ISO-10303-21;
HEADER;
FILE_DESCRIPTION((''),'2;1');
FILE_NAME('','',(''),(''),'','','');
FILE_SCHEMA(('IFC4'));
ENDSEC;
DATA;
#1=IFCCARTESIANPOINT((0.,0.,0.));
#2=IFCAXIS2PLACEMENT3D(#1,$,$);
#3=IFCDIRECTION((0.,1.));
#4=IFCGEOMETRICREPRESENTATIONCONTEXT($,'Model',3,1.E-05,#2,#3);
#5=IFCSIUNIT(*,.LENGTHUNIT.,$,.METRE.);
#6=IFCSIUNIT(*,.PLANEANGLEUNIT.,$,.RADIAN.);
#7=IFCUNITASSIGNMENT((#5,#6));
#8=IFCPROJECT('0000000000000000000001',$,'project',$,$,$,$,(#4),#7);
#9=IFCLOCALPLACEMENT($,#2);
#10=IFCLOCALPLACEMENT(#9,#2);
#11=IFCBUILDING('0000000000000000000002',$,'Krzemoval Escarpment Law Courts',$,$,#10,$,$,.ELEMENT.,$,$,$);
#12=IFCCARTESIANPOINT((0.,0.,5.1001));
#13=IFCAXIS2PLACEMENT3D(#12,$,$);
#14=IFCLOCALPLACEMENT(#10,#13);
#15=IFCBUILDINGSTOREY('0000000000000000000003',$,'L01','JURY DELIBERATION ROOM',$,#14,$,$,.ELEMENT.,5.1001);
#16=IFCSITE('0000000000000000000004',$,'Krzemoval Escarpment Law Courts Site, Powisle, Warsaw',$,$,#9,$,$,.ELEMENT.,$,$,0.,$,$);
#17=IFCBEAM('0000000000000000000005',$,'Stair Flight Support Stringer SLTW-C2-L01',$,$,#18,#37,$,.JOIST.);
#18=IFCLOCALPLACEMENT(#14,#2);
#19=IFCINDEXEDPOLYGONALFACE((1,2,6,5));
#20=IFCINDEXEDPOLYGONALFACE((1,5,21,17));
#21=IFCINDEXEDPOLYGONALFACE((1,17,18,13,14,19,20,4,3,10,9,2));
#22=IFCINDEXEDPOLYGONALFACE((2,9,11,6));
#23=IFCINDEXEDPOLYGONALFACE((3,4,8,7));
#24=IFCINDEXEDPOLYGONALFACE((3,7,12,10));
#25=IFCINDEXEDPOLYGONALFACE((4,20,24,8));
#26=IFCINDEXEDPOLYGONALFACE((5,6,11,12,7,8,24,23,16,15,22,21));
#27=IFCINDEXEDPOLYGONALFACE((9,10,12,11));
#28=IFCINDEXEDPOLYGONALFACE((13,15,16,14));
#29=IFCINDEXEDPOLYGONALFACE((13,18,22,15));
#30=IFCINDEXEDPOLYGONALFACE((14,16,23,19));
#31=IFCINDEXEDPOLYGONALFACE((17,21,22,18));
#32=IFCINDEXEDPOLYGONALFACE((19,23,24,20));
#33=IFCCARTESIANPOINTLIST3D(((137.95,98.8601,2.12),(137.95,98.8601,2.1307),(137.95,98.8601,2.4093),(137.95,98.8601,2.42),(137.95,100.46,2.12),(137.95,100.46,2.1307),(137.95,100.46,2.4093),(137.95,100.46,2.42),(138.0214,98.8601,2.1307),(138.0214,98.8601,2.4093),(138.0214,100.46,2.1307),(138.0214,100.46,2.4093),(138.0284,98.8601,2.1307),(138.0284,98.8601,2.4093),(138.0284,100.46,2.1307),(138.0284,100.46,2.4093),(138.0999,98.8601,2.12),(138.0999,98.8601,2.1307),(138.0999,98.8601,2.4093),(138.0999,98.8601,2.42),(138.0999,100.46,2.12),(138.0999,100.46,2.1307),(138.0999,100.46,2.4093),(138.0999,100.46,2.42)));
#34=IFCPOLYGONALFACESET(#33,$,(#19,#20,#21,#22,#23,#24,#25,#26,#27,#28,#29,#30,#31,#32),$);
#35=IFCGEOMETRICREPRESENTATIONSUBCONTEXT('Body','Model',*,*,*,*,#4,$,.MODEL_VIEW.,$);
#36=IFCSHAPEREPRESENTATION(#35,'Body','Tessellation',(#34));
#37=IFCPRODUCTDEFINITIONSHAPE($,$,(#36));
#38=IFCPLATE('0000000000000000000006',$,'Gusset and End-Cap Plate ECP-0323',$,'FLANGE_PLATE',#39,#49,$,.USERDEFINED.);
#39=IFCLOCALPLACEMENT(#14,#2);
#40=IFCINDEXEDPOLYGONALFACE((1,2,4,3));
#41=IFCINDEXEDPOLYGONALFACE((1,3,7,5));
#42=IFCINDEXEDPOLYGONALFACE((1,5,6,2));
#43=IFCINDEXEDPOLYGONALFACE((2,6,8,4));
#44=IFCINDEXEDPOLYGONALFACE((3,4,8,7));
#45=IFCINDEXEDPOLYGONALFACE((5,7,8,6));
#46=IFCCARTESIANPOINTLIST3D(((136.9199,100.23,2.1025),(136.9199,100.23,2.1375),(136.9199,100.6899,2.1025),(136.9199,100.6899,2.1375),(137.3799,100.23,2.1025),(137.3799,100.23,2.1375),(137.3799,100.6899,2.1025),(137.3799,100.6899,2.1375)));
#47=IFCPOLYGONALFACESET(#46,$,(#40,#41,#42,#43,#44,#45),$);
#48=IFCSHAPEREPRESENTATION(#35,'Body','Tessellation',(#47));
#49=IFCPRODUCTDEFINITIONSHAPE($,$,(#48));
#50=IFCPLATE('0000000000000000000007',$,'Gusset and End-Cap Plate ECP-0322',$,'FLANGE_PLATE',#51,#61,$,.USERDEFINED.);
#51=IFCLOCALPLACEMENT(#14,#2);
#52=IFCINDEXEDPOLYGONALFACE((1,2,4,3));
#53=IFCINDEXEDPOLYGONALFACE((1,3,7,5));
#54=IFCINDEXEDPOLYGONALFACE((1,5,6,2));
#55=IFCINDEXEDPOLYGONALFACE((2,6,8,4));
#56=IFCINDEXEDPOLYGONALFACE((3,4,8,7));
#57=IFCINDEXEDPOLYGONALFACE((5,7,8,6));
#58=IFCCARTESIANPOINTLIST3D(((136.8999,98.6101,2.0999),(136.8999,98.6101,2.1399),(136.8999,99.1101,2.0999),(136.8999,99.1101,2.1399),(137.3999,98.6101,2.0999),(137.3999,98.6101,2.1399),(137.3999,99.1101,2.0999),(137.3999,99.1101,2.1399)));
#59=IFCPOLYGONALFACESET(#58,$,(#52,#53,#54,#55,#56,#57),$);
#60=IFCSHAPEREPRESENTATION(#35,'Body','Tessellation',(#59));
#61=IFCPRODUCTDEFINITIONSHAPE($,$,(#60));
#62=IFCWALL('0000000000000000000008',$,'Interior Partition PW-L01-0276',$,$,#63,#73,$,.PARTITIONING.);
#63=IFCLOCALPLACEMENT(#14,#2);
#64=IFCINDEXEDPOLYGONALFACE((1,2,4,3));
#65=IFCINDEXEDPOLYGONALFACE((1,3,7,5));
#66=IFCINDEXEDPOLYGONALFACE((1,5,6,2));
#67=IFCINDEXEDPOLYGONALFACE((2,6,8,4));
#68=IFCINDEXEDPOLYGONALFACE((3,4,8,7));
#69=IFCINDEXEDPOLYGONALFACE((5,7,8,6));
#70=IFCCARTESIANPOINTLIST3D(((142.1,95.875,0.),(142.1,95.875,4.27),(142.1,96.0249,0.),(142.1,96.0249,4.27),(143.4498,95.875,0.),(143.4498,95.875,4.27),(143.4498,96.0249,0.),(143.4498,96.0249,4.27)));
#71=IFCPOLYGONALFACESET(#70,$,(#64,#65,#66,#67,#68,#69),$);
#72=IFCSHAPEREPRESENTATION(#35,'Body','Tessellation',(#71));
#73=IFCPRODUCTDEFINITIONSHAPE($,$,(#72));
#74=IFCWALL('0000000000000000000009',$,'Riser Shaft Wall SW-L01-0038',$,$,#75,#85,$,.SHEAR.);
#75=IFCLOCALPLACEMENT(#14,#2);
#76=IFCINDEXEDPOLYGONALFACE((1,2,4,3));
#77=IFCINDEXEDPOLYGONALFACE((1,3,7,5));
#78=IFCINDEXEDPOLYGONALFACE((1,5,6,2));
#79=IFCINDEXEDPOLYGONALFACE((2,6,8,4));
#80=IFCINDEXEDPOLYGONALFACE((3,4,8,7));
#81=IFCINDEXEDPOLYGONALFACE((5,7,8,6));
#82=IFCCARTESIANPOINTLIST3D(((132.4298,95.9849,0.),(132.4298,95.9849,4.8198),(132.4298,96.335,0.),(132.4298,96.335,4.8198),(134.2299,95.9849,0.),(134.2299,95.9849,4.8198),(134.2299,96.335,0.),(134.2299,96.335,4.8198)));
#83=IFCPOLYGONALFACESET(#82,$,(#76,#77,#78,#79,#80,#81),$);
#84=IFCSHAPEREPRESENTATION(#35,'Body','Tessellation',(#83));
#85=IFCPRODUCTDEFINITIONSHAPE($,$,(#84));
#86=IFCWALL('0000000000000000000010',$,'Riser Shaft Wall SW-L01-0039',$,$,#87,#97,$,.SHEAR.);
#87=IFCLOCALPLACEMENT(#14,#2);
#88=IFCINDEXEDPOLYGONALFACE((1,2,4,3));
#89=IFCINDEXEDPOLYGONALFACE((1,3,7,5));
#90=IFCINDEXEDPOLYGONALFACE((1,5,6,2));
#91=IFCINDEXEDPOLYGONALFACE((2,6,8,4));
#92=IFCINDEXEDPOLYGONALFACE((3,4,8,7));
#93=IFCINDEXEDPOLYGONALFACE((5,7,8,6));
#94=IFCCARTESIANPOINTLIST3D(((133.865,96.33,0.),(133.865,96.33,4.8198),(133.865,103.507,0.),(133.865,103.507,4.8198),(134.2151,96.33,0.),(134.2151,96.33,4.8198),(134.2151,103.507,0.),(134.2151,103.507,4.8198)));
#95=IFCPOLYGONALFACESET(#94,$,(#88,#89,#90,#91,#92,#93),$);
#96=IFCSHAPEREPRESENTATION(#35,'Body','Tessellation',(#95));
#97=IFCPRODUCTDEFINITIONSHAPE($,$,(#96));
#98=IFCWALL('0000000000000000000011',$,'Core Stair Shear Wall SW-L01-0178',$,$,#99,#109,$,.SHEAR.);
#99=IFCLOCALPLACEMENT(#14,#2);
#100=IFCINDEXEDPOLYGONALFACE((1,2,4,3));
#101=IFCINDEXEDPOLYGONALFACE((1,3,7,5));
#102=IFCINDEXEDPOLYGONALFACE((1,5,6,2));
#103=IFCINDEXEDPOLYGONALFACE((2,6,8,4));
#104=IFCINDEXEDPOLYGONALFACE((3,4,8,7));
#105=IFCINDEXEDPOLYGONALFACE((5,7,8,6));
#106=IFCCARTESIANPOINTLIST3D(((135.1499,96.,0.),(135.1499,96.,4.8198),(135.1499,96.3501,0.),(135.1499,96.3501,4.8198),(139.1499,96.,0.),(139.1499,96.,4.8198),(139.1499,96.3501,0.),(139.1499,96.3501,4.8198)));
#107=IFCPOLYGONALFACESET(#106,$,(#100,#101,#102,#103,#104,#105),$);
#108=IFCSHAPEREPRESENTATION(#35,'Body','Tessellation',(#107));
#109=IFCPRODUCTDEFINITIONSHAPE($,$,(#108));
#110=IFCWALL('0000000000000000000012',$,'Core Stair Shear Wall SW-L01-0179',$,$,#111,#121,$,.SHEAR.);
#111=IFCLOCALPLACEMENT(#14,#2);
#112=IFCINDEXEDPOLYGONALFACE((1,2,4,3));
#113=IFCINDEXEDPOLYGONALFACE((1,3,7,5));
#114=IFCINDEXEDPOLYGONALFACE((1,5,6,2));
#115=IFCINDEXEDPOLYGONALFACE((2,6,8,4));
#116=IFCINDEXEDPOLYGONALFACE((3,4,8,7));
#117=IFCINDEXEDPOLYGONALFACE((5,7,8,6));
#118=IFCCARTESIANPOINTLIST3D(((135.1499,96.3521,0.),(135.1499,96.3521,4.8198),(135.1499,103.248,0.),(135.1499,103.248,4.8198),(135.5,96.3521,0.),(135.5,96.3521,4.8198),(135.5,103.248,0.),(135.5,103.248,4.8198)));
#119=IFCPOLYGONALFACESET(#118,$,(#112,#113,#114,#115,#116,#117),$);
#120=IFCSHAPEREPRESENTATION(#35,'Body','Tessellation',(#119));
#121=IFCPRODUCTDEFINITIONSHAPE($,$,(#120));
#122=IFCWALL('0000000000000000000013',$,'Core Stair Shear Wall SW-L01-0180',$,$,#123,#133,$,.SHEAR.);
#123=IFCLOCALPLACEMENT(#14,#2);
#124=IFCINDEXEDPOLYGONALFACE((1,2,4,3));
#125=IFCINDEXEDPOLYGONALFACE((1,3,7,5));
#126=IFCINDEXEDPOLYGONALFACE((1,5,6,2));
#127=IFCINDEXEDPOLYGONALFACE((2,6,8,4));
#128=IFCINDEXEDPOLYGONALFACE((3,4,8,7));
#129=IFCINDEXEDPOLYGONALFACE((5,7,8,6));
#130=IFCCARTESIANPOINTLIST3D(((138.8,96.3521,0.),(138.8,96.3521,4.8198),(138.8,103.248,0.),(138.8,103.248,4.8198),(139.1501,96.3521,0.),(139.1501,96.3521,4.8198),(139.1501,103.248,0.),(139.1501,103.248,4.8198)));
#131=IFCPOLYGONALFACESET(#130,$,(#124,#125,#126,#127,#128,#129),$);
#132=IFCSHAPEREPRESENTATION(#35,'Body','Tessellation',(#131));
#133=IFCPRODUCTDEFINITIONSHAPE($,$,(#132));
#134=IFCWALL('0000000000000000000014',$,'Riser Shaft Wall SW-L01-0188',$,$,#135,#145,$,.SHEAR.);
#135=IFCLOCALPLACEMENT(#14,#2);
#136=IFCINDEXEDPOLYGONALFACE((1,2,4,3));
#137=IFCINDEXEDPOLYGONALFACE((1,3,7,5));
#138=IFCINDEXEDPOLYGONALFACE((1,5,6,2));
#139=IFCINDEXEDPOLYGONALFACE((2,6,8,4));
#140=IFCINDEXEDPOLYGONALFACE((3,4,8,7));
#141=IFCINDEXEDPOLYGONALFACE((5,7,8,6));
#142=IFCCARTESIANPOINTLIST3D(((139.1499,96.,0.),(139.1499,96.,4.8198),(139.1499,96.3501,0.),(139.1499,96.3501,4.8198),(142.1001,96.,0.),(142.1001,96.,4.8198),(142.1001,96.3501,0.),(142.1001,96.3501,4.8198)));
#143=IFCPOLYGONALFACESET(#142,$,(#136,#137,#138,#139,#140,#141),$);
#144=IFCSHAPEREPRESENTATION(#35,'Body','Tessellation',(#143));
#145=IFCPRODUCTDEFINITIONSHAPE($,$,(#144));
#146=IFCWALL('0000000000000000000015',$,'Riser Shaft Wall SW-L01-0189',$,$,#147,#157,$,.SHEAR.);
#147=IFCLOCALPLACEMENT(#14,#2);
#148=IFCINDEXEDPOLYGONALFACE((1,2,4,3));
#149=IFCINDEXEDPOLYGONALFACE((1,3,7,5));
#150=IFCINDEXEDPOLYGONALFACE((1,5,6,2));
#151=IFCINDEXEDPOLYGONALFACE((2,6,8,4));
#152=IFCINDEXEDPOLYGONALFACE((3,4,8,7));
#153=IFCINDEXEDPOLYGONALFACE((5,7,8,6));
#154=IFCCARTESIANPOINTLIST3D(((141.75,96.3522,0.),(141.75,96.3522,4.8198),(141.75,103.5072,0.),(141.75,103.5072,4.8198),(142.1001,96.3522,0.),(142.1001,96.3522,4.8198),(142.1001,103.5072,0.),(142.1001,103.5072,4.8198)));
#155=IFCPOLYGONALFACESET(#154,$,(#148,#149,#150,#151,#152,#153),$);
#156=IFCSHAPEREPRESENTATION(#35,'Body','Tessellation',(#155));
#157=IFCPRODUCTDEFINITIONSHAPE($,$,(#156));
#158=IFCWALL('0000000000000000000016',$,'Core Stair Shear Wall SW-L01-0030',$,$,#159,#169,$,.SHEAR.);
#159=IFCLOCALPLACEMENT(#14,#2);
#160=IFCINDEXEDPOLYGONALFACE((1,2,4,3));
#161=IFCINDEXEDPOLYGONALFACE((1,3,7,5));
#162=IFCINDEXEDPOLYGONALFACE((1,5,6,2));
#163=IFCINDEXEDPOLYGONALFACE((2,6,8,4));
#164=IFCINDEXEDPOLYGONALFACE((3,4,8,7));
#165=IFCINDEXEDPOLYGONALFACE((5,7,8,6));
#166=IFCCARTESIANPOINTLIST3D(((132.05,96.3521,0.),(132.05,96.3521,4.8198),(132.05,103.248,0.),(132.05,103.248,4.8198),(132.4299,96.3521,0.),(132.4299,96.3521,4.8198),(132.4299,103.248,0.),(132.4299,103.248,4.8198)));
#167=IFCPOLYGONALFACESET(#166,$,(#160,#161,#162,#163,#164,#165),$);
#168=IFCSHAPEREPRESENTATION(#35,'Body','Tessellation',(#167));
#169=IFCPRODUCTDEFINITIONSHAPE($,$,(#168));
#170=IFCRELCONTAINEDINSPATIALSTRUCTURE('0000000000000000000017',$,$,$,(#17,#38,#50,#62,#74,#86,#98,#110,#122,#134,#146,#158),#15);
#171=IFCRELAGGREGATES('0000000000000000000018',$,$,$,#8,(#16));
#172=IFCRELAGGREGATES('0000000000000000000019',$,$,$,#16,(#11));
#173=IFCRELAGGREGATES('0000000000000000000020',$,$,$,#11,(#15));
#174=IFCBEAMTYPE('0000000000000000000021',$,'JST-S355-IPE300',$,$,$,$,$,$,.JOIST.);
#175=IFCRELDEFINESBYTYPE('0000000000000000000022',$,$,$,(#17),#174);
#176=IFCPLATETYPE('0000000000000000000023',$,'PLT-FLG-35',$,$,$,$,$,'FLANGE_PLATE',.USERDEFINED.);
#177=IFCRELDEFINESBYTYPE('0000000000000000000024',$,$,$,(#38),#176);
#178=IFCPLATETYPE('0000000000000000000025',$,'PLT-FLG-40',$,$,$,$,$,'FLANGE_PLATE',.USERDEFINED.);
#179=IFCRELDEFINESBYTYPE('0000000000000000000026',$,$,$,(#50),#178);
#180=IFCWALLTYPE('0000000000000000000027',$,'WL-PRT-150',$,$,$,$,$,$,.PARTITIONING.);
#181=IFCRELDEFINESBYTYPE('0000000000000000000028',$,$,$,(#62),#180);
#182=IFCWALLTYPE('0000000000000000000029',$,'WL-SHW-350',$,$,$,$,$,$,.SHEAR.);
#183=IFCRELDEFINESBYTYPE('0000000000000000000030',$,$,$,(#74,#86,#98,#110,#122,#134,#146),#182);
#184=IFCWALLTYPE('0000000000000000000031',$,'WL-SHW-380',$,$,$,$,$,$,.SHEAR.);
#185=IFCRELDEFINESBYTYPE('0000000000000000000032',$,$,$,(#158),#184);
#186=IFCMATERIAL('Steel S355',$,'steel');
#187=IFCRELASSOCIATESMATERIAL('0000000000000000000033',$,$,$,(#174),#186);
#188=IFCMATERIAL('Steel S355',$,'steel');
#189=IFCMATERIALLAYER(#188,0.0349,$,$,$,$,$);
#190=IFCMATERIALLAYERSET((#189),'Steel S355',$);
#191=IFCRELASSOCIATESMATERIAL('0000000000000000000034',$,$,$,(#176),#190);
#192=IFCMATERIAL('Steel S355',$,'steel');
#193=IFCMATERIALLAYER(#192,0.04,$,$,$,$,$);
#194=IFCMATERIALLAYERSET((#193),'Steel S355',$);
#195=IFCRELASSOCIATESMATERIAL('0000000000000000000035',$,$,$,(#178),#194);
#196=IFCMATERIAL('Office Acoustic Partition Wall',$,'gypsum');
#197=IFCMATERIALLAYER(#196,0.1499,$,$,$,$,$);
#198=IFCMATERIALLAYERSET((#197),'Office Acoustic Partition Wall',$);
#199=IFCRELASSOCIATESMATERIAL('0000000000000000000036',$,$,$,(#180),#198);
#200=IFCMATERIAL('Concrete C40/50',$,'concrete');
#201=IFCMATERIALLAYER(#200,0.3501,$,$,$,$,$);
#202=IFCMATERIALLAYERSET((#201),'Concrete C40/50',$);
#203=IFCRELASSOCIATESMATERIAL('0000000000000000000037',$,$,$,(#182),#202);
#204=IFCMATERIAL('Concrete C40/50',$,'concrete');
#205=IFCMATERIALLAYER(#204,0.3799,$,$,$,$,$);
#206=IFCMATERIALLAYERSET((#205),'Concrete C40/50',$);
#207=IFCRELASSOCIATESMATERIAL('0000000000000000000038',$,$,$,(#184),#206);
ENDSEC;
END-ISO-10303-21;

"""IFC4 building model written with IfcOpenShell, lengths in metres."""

from ifc_helpers import new_model, si_unit, direction, frame, frame_2d, origin, origin_2d, place, context, subcontext, project, spatial, rectangle, i_section, extrude, material, layer, layer_set, material_profile, profile_set, type_object, element, save


model = new_model("IFC4")

# Units and contexts
model_context = context("Model", 3, precision=1e-05, world=origin(), true_north=direction((0.0, 1.0)))
body_context = subcontext(model_context, "Body", "Model", "MODEL_VIEW")
ifc_project = project(units=[si_unit("LENGTHUNIT", "METRE"), si_unit("PLANEANGLEUNIT", "RADIAN")], contexts=[model_context])

# Site, building, storey
site_placement = place(None, origin())
site = spatial("IfcSite", under=ifc_project, at=site_placement, Name="Krzemoval Escarpment Law Courts Site, Powisle, Warsaw", CompositionType="ELEMENT", RefElevation=0.0)
building_placement = place(site_placement, origin())
building = spatial("IfcBuilding", under=site, at=building_placement, Name="Krzemoval Escarpment Law Courts", CompositionType="ELEMENT")
storey_placement = place(building_placement, frame((0.0, 0.0, 5.1001)))
storey = spatial("IfcBuildingStorey", under=building, at=storey_placement, Name="L01", Description="JURY DELIBERATION ROOM", CompositionType="ELEMENT", Elevation=5.1001)

# Beam
ifc_material_1 = material(Name="Steel S355", Category="steel")
ifc_material_profile_1 = material_profile(ifc_material_1, i_section(OverallWidth=0.1499, OverallDepth=0.3, WebThickness=0.0071, FlangeThickness=0.0107, at=origin_2d()), Name="IPE 300")
ifc_profile_set_1 = profile_set([ifc_material_profile_1], Name="Steel S355")
beam_type_1 = type_object("IfcBeamType", Name="JST-S355-IPE300", PredefinedType="JOIST", material=ifc_profile_set_1)
beam_1_placement = place(storey_placement, frame((138.0249, 98.8601, 2.27), z_axis=(0.0, 1.0, 0.0), x_axis=(-1.0, 0.0, 0.0)))
element("IfcBeam", 1, at=beam_1_placement, inside=storey, type_object=beam_type_1, Name="Stair Flight Support Stringer SLTW-C2-L01", PredefinedType="JOIST", context=body_context, shape_type="SweptSolid", body=[
    extrude(i_section(OverallWidth=0.1499, OverallDepth=0.3, WebThickness=0.0071, FlangeThickness=0.0107, at=origin_2d()), origin(), (0.0, 0.0, 1.0), 1.5999),
])

# Plates
ifc_material_2 = material(Name="Steel S355", Category="steel")
ifc_layer_1 = layer(ifc_material_2, 0.0349)
ifc_layer_set_1 = layer_set([ifc_layer_1], Name="Steel S355")
plate_type_1 = type_object("IfcPlateType", Name="PLT-FLG-35", ElementType="FLANGE_PLATE", PredefinedType="USERDEFINED", material=ifc_layer_set_1)
plate_1_placement = place(storey_placement, frame((137.1499, 100.46, 2.1025), z_axis=(0.0, 0.0, 1.0), x_axis=(1.0, 0.0, 0.0)))
element("IfcPlate", 2, at=plate_1_placement, inside=storey, type_object=plate_type_1, Name="Gusset and End-Cap Plate ECP-0323", ObjectType="FLANGE_PLATE", PredefinedType="USERDEFINED", context=body_context, shape_type="SweptSolid", body=[
    extrude(rectangle(XDim=0.46, YDim=0.46, at=origin_2d()), origin(), (0.0, 0.0, 1.0), 0.0349),
])
ifc_material_3 = material(Name="Steel S355", Category="steel")
ifc_layer_2 = layer(ifc_material_3, 0.04)
ifc_layer_set_2 = layer_set([ifc_layer_2], Name="Steel S355")
plate_type_2 = type_object("IfcPlateType", Name="PLT-FLG-40", ElementType="FLANGE_PLATE", PredefinedType="USERDEFINED", material=ifc_layer_set_2)
plate_2_placement = place(storey_placement, frame((137.1499, 98.8601, 2.0999), z_axis=(0.0, 0.0, 1.0), x_axis=(1.0, 0.0, 0.0)))
element("IfcPlate", 3, at=plate_2_placement, inside=storey, type_object=plate_type_2, Name="Gusset and End-Cap Plate ECP-0322", ObjectType="FLANGE_PLATE", PredefinedType="USERDEFINED", context=body_context, shape_type="SweptSolid", body=[
    extrude(rectangle(XDim=0.5, YDim=0.5, at=origin_2d()), origin(), (0.0, 0.0, 1.0), 0.04),
])

# Walls
ifc_material_4 = material(Name="Office Acoustic Partition Wall", Category="gypsum")
ifc_layer_3 = layer(ifc_material_4, 0.1499)
ifc_layer_set_3 = layer_set([ifc_layer_3], Name="Office Acoustic Partition Wall")
wall_type_1 = type_object("IfcWallType", Name="WL-PRT-150", PredefinedType="PARTITIONING", material=ifc_layer_set_3)
wall_1_placement = place(storey_placement, frame((142.1001, 95.95, 0.0), z_axis=(0.0, 0.0, 1.0), x_axis=(1.0, 0.0, 0.0)))
element("IfcWall", 4, at=wall_1_placement, inside=storey, type_object=wall_type_1, Name="Interior Partition PW-L01-0276", PredefinedType="PARTITIONING", context=body_context, shape_type="SweptSolid", body=[
    extrude(rectangle(XDim=1.3499, YDim=0.1499, at=frame_2d((0.6748, 0.0))), origin(), (0.0, 0.0, 1.0), 4.27),
])
ifc_material_5 = material(Name="Concrete C40/50", Category="concrete")
ifc_layer_4 = layer(ifc_material_5, 0.3501)
ifc_layer_set_4 = layer_set([ifc_layer_4], Name="Concrete C40/50")
wall_type_2 = type_object("IfcWallType", Name="WL-SHW-350", PredefinedType="SHEAR", material=ifc_layer_set_4)
wall_2_placement = place(storey_placement, frame((132.4299, 96.1599, 0.0), z_axis=(0.0, 0.0, 1.0), x_axis=(1.0, 0.0, 0.0)))
element("IfcWall", 5, at=wall_2_placement, inside=storey, type_object=wall_type_2, Name="Riser Shaft Wall SW-L01-0038", PredefinedType="SHEAR", context=body_context, shape_type="SweptSolid", body=[
    extrude(rectangle(XDim=1.8, YDim=0.3501, at=frame_2d((0.8999, 0.0))), origin(), (0.0, 0.0, 1.0), 4.8198),
])
wall_3_placement = place(storey_placement, frame((134.04, 96.3301, 0.0), z_axis=(0.0, 0.0, 1.0), x_axis=(0.0, 1.0, 0.0)))
element("IfcWall", 6, at=wall_3_placement, inside=storey, type_object=wall_type_2, Name="Riser Shaft Wall SW-L01-0039", PredefinedType="SHEAR", context=body_context, shape_type="SweptSolid", body=[
    extrude(rectangle(XDim=7.177, YDim=0.3501, at=frame_2d((3.5884, 0.0))), origin(), (0.0, 0.0, 1.0), 4.8198),
])
wall_4_placement = place(storey_placement, frame((135.1499, 96.175, 0.0), z_axis=(0.0, 0.0, 1.0), x_axis=(1.0, 0.0, 0.0)))
element("IfcWall", 7, at=wall_4_placement, inside=storey, type_object=wall_type_2, Name="Core Stair Shear Wall SW-L01-0178", PredefinedType="SHEAR", context=body_context, shape_type="SweptSolid", body=[
    extrude(rectangle(XDim=4.0, YDim=0.3501, at=frame_2d((2.0, 0.0))), origin(), (0.0, 0.0, 1.0), 4.8198),
])
for number, where, z_axis, x_axis, name in (
    (8, (135.325, 96.3521, 0.0), (0.0, 0.0, 1.0), (0.0, 1.0, 0.0), "Core Stair Shear Wall SW-L01-0179"),
    (9, (138.9751, 96.3521, 0.0), (0.0, 0.0, 1.0), (0.0, 1.0, 0.0), "Core Stair Shear Wall SW-L01-0180"),
):
    element("IfcWall", number, at=place(storey_placement, frame(where, z_axis=z_axis, x_axis=x_axis)), inside=storey, type_object=wall_type_2, Name=name, PredefinedType="SHEAR", context=body_context, shape_type="SweptSolid", body=[
        extrude(rectangle(XDim=6.896, YDim=0.3501, at=frame_2d((3.448, 0.0))), origin(), (0.0, 0.0, 1.0), 4.8198),
    ])
wall_5_placement = place(storey_placement, frame((139.1499, 96.175, 0.0), z_axis=(0.0, 0.0, 1.0), x_axis=(1.0, 0.0, 0.0)))
element("IfcWall", 10, at=wall_5_placement, inside=storey, type_object=wall_type_2, Name="Riser Shaft Wall SW-L01-0188", PredefinedType="SHEAR", context=body_context, shape_type="SweptSolid", body=[
    extrude(rectangle(XDim=2.9502, YDim=0.3501, at=frame_2d((1.4751, 0.0))), origin(), (0.0, 0.0, 1.0), 4.8198),
])
wall_6_placement = place(storey_placement, frame((141.925, 96.3521, 0.0), z_axis=(0.0, 0.0, 1.0), x_axis=(0.0, 1.0, 0.0)))
element("IfcWall", 11, at=wall_6_placement, inside=storey, type_object=wall_type_2, Name="Riser Shaft Wall SW-L01-0189", PredefinedType="SHEAR", context=body_context, shape_type="SweptSolid", body=[
    extrude(rectangle(XDim=7.155, YDim=0.3501, at=frame_2d((3.5776, 0.0))), origin(), (0.0, 0.0, 1.0), 4.8198),
])
ifc_material_6 = material(Name="Concrete C40/50", Category="concrete")
ifc_layer_5 = layer(ifc_material_6, 0.3799)
ifc_layer_set_5 = layer_set([ifc_layer_5], Name="Concrete C40/50")
wall_type_3 = type_object("IfcWallType", Name="WL-SHW-380", PredefinedType="SHEAR", material=ifc_layer_set_5)
wall_7_placement = place(storey_placement, frame((132.24, 96.3521, 0.0), z_axis=(0.0, 0.0, 1.0), x_axis=(0.0, 1.0, 0.0)))
element("IfcWall", 12, at=wall_7_placement, inside=storey, type_object=wall_type_3, Name="Core Stair Shear Wall SW-L01-0030", PredefinedType="SHEAR", context=body_context, shape_type="SweptSolid", body=[
    extrude(rectangle(XDim=6.896, YDim=0.3799, at=frame_2d((3.448, 0.0))), origin(), (0.0, 0.0, 1.0), 4.8198),
])

save(model, "model.ifc")
